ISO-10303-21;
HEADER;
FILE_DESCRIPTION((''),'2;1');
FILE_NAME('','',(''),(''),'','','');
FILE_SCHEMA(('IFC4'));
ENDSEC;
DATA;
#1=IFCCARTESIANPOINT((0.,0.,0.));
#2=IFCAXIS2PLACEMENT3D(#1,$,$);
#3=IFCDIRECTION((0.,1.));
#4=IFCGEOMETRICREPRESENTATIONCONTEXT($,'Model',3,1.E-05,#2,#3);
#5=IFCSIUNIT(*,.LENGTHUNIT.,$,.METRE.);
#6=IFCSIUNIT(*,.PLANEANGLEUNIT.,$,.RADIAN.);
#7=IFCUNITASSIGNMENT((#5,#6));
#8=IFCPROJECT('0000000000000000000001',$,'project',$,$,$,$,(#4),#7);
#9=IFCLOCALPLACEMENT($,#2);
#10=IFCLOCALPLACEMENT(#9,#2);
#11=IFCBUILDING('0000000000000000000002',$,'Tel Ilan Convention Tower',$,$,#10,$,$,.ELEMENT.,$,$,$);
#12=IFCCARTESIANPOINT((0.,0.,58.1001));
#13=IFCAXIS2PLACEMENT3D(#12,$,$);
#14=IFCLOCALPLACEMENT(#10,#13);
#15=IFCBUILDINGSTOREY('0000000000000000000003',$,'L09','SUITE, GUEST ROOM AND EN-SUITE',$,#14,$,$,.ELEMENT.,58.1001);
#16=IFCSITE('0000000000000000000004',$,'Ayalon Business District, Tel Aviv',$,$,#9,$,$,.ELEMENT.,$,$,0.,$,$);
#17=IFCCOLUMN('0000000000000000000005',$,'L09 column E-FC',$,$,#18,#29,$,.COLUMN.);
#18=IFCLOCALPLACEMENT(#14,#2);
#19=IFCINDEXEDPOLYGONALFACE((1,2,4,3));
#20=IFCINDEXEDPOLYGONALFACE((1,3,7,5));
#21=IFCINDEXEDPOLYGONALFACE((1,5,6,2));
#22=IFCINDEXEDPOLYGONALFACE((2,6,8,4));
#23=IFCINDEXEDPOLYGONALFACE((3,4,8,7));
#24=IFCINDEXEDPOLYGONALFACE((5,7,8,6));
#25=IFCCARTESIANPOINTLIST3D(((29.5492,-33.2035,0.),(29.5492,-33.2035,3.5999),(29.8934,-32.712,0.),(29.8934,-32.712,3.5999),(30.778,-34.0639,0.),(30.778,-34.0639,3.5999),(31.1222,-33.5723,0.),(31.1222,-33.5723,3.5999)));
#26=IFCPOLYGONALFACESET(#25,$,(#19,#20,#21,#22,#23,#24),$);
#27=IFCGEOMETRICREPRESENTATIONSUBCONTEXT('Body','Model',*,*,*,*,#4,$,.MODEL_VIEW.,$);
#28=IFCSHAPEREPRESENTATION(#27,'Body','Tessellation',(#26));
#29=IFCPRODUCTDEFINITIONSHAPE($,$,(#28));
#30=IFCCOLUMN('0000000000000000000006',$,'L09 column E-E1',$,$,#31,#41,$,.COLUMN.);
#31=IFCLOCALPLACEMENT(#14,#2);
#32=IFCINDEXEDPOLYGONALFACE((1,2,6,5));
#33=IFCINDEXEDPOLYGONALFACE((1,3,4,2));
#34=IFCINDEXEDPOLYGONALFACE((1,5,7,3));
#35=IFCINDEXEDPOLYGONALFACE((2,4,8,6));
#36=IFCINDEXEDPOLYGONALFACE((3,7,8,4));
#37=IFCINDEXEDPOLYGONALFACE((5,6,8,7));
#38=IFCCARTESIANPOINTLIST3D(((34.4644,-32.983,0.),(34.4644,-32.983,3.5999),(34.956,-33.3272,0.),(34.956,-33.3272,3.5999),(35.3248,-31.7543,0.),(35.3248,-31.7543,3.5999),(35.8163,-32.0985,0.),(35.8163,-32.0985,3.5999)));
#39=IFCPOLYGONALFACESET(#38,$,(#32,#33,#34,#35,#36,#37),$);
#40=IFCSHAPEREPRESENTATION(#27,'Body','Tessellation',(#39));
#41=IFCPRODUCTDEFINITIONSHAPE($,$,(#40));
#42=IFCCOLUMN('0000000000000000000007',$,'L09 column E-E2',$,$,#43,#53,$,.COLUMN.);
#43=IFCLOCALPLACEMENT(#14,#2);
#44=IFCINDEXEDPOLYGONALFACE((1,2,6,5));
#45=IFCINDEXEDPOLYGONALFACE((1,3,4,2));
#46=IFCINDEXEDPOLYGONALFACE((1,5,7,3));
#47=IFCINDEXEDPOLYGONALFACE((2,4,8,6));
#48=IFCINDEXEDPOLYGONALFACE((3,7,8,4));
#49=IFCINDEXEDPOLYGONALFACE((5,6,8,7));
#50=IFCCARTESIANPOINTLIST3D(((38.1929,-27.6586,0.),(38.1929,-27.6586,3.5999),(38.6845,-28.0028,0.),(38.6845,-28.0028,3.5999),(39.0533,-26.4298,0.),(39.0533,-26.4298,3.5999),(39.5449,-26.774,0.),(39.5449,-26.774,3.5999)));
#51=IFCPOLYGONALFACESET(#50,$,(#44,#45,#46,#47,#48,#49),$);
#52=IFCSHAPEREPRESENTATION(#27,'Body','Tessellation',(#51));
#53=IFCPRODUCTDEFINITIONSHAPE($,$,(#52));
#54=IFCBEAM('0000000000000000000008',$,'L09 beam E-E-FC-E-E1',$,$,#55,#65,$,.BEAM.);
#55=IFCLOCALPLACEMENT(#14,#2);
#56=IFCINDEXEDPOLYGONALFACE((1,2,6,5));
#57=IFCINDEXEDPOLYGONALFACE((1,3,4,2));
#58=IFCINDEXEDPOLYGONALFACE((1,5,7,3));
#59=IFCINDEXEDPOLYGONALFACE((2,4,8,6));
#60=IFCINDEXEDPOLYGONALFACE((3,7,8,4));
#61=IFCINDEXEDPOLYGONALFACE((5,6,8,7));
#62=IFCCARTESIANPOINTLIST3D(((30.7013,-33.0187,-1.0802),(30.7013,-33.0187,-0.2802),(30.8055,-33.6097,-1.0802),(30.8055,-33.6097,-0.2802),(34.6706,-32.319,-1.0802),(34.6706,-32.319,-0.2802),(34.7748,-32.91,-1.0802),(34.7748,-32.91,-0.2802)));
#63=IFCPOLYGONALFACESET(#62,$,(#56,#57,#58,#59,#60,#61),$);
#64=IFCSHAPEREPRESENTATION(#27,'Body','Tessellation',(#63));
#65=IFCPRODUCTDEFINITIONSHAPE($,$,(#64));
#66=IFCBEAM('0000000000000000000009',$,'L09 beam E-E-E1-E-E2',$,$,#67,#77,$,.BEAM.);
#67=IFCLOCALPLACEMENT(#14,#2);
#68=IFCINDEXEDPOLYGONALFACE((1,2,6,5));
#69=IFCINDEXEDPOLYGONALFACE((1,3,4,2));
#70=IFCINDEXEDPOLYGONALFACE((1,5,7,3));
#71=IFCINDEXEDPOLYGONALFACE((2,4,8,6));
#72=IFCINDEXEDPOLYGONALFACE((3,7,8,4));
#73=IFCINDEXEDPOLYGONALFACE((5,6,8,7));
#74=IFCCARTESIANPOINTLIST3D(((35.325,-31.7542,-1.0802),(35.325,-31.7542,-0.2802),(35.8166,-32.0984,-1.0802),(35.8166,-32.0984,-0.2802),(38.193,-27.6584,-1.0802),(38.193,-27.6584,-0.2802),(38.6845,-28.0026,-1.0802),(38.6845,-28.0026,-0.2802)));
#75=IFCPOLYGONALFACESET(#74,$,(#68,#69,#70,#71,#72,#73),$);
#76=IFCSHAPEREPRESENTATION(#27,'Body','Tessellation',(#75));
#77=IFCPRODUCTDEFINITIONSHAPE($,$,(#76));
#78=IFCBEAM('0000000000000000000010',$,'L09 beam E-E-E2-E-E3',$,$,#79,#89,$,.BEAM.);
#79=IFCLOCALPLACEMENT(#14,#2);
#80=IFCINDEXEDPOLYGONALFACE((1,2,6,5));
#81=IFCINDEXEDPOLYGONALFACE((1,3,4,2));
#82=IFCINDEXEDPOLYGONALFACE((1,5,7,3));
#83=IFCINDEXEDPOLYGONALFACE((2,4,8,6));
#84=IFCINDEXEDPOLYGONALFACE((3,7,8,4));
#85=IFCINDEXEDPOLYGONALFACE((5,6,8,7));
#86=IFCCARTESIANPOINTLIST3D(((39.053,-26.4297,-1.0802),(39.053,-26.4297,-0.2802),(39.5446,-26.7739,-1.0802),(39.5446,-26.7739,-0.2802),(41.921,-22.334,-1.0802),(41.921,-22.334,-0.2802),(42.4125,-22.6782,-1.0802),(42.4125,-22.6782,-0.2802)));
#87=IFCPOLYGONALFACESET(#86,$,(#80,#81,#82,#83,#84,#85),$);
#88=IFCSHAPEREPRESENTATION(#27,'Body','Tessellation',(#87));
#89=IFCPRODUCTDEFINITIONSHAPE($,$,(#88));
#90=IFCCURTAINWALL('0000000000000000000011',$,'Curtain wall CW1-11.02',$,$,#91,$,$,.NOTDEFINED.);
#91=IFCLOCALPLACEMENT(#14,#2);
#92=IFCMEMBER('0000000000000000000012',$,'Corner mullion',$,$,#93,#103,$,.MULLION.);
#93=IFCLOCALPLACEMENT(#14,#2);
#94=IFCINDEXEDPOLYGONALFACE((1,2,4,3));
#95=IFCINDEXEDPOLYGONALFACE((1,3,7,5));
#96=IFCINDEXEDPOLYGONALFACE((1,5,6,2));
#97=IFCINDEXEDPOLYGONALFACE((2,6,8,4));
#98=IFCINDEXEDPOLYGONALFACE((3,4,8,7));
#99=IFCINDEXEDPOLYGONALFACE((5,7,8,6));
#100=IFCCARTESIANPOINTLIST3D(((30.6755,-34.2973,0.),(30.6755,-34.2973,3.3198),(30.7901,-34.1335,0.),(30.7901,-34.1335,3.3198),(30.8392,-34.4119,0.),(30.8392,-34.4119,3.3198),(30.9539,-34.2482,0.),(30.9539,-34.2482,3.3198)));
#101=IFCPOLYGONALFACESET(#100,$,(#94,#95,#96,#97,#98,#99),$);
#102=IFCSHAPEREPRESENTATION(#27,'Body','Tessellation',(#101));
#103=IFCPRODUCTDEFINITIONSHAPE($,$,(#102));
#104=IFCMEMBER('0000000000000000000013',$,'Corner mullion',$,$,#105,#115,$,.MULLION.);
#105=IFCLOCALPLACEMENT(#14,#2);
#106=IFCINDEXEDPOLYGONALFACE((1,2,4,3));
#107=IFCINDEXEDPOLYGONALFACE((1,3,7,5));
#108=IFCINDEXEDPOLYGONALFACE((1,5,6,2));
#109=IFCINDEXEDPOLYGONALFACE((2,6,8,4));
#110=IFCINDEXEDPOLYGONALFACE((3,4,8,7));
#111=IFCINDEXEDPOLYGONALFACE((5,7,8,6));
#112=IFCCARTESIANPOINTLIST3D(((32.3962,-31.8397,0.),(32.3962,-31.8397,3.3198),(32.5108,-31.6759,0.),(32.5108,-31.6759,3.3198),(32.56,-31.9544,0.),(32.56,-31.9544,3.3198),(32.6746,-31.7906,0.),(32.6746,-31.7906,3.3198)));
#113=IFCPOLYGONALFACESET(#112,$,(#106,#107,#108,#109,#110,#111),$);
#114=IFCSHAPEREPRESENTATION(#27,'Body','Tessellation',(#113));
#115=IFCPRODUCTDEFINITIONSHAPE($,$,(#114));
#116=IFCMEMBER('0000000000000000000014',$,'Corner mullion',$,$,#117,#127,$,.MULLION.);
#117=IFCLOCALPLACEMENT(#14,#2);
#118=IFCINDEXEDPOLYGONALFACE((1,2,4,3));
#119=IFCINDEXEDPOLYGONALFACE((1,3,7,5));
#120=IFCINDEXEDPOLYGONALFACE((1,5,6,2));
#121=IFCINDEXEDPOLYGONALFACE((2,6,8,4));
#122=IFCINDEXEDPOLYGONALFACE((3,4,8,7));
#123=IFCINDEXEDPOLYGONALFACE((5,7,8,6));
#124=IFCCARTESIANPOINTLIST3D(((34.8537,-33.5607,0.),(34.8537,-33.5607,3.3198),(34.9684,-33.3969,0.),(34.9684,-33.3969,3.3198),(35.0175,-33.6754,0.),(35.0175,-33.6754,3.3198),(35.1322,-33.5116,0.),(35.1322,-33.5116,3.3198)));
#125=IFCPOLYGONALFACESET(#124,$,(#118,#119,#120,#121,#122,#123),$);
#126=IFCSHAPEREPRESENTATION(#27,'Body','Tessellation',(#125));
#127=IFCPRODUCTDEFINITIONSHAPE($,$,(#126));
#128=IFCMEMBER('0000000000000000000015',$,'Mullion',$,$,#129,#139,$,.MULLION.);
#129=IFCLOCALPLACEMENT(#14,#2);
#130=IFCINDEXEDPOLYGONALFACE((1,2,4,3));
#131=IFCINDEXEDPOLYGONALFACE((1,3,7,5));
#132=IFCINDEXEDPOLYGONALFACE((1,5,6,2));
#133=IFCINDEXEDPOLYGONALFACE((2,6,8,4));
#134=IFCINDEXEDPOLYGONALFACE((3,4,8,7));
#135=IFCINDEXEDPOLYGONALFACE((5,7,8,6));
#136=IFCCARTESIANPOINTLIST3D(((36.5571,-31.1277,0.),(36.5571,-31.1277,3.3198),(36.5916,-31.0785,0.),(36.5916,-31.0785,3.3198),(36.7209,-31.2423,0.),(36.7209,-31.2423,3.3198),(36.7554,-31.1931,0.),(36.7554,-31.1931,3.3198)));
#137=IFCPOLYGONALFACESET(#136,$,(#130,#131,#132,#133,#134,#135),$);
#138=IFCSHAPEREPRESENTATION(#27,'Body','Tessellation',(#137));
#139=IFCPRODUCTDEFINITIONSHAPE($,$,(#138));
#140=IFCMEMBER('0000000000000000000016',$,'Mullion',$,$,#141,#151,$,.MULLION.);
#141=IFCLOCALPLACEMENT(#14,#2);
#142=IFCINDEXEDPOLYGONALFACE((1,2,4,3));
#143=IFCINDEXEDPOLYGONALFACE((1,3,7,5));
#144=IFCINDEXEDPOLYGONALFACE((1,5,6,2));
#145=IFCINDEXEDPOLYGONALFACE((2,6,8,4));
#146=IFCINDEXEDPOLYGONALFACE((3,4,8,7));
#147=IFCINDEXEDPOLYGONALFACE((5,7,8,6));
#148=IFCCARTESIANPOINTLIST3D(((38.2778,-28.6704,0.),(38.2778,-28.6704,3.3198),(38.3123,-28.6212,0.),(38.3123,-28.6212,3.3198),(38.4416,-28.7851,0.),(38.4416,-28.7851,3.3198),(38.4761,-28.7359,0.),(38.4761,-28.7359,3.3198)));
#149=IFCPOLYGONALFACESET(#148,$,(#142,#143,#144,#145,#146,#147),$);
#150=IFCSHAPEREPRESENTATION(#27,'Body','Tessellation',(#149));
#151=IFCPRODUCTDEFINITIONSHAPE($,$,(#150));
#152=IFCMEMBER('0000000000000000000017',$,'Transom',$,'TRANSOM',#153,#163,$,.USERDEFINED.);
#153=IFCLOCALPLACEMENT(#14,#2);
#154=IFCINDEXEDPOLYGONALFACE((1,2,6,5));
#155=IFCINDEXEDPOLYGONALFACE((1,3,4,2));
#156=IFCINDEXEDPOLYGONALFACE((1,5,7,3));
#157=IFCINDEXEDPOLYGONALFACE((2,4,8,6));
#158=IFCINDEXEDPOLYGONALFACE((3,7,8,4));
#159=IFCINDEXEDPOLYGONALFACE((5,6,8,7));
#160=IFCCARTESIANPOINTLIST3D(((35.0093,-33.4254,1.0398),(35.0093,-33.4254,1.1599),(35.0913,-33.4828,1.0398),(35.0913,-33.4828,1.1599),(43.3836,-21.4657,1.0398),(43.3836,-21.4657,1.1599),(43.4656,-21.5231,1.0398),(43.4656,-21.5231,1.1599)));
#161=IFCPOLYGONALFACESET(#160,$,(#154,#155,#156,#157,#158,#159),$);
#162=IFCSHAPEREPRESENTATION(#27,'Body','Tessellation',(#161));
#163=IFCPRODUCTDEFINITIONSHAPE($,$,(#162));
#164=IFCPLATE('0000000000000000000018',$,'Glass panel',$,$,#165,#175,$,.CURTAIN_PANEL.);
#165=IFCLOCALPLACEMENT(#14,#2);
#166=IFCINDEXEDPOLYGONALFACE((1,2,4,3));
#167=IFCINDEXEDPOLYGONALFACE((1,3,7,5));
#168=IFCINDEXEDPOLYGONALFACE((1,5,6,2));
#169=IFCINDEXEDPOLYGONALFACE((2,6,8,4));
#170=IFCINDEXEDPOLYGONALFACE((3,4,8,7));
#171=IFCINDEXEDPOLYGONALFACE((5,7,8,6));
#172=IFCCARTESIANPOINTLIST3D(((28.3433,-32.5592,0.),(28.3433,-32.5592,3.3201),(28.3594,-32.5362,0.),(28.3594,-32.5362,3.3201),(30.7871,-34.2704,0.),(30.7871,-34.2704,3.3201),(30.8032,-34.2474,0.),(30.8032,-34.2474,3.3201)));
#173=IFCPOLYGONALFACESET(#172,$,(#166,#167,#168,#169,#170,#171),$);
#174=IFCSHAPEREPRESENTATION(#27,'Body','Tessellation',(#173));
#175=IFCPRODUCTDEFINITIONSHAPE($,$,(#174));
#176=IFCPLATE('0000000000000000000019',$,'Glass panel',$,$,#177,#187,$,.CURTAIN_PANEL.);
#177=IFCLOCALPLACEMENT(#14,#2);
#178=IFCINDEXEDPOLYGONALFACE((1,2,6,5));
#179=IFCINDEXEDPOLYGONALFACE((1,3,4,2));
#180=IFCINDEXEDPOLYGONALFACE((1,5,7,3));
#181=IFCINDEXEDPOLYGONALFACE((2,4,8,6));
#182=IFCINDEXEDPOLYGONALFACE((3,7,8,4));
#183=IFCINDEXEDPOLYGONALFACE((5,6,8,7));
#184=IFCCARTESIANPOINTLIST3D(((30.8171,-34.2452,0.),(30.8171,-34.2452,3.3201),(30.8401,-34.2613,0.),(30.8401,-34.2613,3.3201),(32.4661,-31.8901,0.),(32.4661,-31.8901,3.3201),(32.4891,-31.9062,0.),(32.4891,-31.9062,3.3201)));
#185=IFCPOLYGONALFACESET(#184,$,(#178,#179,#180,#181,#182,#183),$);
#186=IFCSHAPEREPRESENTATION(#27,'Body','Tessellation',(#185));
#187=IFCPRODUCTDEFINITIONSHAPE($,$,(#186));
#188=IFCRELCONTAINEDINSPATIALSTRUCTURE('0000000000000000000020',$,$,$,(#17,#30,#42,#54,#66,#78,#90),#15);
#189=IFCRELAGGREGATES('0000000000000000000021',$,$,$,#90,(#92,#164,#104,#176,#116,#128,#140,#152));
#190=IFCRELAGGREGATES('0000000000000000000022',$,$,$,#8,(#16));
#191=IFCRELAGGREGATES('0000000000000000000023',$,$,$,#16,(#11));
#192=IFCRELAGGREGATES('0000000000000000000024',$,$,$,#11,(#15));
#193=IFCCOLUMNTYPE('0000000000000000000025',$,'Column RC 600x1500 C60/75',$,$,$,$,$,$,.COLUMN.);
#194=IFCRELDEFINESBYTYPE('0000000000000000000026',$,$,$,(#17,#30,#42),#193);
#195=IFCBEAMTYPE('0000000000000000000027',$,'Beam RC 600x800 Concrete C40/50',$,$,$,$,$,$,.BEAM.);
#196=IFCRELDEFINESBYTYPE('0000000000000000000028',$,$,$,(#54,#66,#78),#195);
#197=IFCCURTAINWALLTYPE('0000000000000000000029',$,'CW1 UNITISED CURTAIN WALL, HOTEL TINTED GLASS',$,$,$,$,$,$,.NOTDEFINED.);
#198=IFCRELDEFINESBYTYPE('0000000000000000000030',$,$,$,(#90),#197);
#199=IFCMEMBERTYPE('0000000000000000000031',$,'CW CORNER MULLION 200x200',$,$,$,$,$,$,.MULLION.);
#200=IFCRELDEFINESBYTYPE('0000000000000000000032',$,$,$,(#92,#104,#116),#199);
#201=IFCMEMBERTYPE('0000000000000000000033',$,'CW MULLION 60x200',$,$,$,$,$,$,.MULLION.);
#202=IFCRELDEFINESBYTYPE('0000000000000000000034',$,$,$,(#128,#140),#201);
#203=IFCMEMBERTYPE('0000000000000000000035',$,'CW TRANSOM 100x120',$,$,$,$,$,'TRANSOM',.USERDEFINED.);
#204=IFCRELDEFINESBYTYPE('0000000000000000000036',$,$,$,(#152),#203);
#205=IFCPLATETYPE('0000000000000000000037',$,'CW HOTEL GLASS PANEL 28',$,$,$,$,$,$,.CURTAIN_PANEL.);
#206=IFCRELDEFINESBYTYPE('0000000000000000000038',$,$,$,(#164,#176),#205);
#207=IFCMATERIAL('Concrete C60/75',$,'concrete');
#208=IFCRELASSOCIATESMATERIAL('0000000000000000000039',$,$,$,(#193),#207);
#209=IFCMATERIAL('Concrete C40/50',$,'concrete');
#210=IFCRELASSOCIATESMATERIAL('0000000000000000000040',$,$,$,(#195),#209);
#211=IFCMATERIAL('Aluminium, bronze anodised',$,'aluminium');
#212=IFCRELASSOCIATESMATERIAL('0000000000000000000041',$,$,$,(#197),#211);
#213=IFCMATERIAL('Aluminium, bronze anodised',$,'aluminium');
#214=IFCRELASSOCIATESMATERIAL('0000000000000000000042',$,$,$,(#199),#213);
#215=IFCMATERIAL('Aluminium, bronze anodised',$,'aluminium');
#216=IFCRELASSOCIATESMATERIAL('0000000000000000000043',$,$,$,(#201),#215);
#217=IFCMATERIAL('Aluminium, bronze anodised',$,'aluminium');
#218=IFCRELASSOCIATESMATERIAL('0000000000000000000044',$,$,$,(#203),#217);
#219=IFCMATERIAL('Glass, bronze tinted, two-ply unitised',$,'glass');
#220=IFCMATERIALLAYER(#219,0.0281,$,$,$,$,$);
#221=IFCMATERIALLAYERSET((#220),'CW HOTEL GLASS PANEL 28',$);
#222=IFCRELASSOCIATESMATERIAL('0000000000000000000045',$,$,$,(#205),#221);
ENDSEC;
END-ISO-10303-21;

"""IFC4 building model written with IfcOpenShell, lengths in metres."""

from ifc_helpers import new_model, si_unit, direction, frame, origin, origin_2d, place, context, subcontext, project, spatial, rectangle, extrude, material, layer, layer_set, material_profile, profile_set, type_object, element, aggregate, save


model = new_model("IFC4")

# Units and contexts
model_context = context("Model", 3, precision=1e-05, world=origin(), true_north=direction((0.0, 1.0)))
body_context = subcontext(model_context, "Body", "Model", "MODEL_VIEW")
ifc_project = project(units=[si_unit("LENGTHUNIT", "METRE"), si_unit("PLANEANGLEUNIT", "RADIAN")], contexts=[model_context])

# Site, building, storey
site_placement = place(None, origin())
site = spatial("IfcSite", under=ifc_project, at=site_placement, Name="Ayalon Business District, Tel Aviv", CompositionType="ELEMENT", RefElevation=0.0)
building_placement = place(site_placement, origin())
building = spatial("IfcBuilding", under=site, at=building_placement, Name="Tel Ilan Convention Tower", CompositionType="ELEMENT")
storey_placement = place(building_placement, frame((0.0, 0.0, 58.1001)))
storey = spatial("IfcBuildingStorey", under=building, at=storey_placement, Name="L09", Description="SUITE, GUEST ROOM AND EN-SUITE", CompositionType="ELEMENT", Elevation=58.1001)

# Columns
ifc_material_1 = material(Name="Concrete C60/75", Category="concrete")
ifc_material_profile_1 = material_profile(ifc_material_1, rectangle(XDim=1.5, YDim=0.6001, at=origin_2d()), Name="RC 600x1500")
ifc_profile_set_1 = profile_set([ifc_material_profile_1], Name="Concrete C60/75")
column_type = type_object("IfcColumnType", Name="Column RC 600x1500 C60/75", PredefinedType="COLUMN", material=ifc_profile_set_1)
for number, where, z_axis, x_axis, name in (
    (1, (30.3357, -33.3879, 0.0), (0.0, 0.0, 1.0), (0.819152, -0.573576, 0.0), "L09 column E-FC"),
    (2, (35.1404, -32.5408, 0.0), (0.0, 0.0, 1.0), (0.573576, 0.819152, 0.0), "L09 column E-E1"),
    (3, (38.8689, -27.2163, 0.0), (0.0, 0.0, 1.0), (0.573576, 0.819152, 0.0), "L09 column E-E2"),
):
    element("IfcColumn", number, at=place(storey_placement, frame(where, z_axis=z_axis, x_axis=x_axis)), inside=storey, type_object=column_type, Name=name, PredefinedType="COLUMN", context=body_context, shape_type="SweptSolid", body=[
        extrude(rectangle(XDim=1.5, YDim=0.6001, at=origin_2d()), origin(), (0.0, 0.0, 1.0), 3.5999),
    ])

# Beams
ifc_material_2 = material(Name="Concrete C40/50", Category="concrete")
ifc_material_profile_2 = material_profile(ifc_material_2, rectangle(XDim=0.6001, YDim=0.8, at=origin_2d()), Name="RC 600x800")
ifc_profile_set_2 = profile_set([ifc_material_profile_2], Name="Concrete C40/50")
beam_type = type_object("IfcBeamType", Name="Beam RC 600x800 Concrete C40/50", PredefinedType="BEAM", material=ifc_profile_set_2)
beam_placement = place(storey_placement, frame((30.7534, -33.3142, -0.6802), z_axis=(0.984815, 0.173606, 0.0), x_axis=(-0.173606, 0.984815, 0.0)))
element("IfcBeam", 4, at=beam_placement, inside=storey, type_object=beam_type, Name="L09 beam E-E-FC-E-E1", PredefinedType="BEAM", context=body_context, shape_type="SweptSolid", body=[
    extrude(rectangle(XDim=0.6001, YDim=0.8, at=origin_2d()), origin(), (0.0, 0.0, 1.0), 4.0305),
])
for number, where, z_axis, x_axis, name in (
    (5, (35.5708, -31.9263, -0.6802), (0.573587, 0.819145, 0.0), (-0.819145, 0.573587, 0.0), "L09 beam E-E-E1-E-E2"),
    (6, (39.2988, -26.6018, -0.6802), (0.573587, 0.819145, 0.0), (-0.819145, 0.573587, 0.0), "L09 beam E-E-E2-E-E3"),
):
    element("IfcBeam", number, at=place(storey_placement, frame(where, z_axis=z_axis, x_axis=x_axis)), inside=storey, type_object=beam_type, Name=name, PredefinedType="BEAM", context=body_context, shape_type="SweptSolid", body=[
        extrude(rectangle(XDim=0.6001, YDim=0.8, at=origin_2d()), origin(), (0.0, 0.0, 1.0), 5.0),
    ])

# Curtain wall, members, plates
ifc_material_3 = material(Name="Aluminium, bronze anodised", Category="aluminium")
curtain_wall_type = type_object("IfcCurtainWallType", Name="CW1 UNITISED CURTAIN WALL, HOTEL TINTED GLASS", PredefinedType="NOTDEFINED", material=ifc_material_3)
curtain_wall_placement = place(storey_placement, origin())
curtain_wall = element("IfcCurtainWall", 7, at=curtain_wall_placement, inside=storey, type_object=curtain_wall_type, Name="Curtain wall CW1-11.02", PredefinedType="NOTDEFINED")
ifc_material_4 = material(Name="Aluminium, bronze anodised", Category="aluminium")
ifc_material_profile_3 = material_profile(ifc_material_4, rectangle(XDim=0.2, YDim=0.2, at=origin_2d()), Name="CW CORNER MULLION 200x200")
ifc_profile_set_3 = profile_set([ifc_material_profile_3], Name="Aluminium, bronze anodised")
member_type_1 = type_object("IfcMemberType", Name="CW CORNER MULLION 200x200", PredefinedType="MULLION", material=ifc_profile_set_3)
member_1_placement = place(storey_placement, frame((30.8147, -34.2727, 0.0), z_axis=(0.0, 0.0, 1.0), x_axis=(0.819152, -0.573576, 0.0)))
member_1 = element("IfcMember", 8, at=member_1_placement, type_object=member_type_1, Name="Corner mullion", PredefinedType="MULLION", context=body_context, shape_type="SweptSolid", body=[
    extrude(rectangle(XDim=0.2, YDim=0.2, at=origin_2d()), origin(), (0.0, 0.0, 1.0), 3.3198),
])
member_2_placement = place(storey_placement, frame((32.5354, -31.8152, 0.0), z_axis=(0.0, 0.0, 1.0), x_axis=(0.573576, 0.819152, 0.0)))
member_2 = element("IfcMember", 9, at=member_2_placement, type_object=member_type_1, Name="Corner mullion", PredefinedType="MULLION", context=body_context, shape_type="SweptSolid", body=[
    extrude(rectangle(XDim=0.2, YDim=0.2, at=origin_2d()), origin(), (0.0, 0.0, 1.0), 3.3198),
])
member_3_placement = place(storey_placement, frame((34.9929, -33.5361, 0.0), z_axis=(0.0, 0.0, 1.0), x_axis=(0.819152, -0.573576, 0.0)))
member_3 = element("IfcMember", 10, at=member_3_placement, type_object=member_type_1, Name="Corner mullion", PredefinedType="MULLION", context=body_context, shape_type="SweptSolid", body=[
    extrude(rectangle(XDim=0.2, YDim=0.2, at=origin_2d()), origin(), (0.0, 0.0, 1.0), 3.3198),
])
ifc_material_5 = material(Name="Aluminium, bronze anodised", Category="aluminium")
ifc_material_profile_4 = material_profile(ifc_material_5, rectangle(XDim=0.0601, YDim=0.2, at=origin_2d()), Name="CW MULLION 60x200")
ifc_profile_set_4 = profile_set([ifc_material_profile_4], Name="Aluminium, bronze anodised")
member_type_2 = type_object("IfcMemberType", Name="CW MULLION 60x200", PredefinedType="MULLION", material=ifc_profile_set_4)
member_4_placement = place(storey_placement, frame((36.6562, -31.1604, 0.0), z_axis=(0.0, 0.0, 1.0), x_axis=(0.573576, 0.819152, 0.0)))
member_4 = element("IfcMember", 11, at=member_4_placement, type_object=member_type_2, Name="Mullion", PredefinedType="MULLION", context=body_context, shape_type="SweptSolid", body=[
    extrude(rectangle(XDim=0.0601, YDim=0.2, at=origin_2d()), origin(), (0.0, 0.0, 1.0), 3.3198),
])
member_5_placement = place(storey_placement, frame((38.377, -28.7031, 0.0), z_axis=(0.0, 0.0, 1.0), x_axis=(0.573576, 0.819152, 0.0)))
member_5 = element("IfcMember", 12, at=member_5_placement, type_object=member_type_2, Name="Mullion", PredefinedType="MULLION", context=body_context, shape_type="SweptSolid", body=[
    extrude(rectangle(XDim=0.0601, YDim=0.2, at=origin_2d()), origin(), (0.0, 0.0, 1.0), 3.3198),
])
ifc_material_6 = material(Name="Aluminium, bronze anodised", Category="aluminium")
ifc_material_profile_5 = material_profile(ifc_material_6, rectangle(XDim=0.1001, YDim=0.1201, at=origin_2d()), Name="CW TRANSOM 100x120")
ifc_profile_set_5 = profile_set([ifc_material_profile_5], Name="Aluminium, bronze anodised")
member_type_3 = type_object("IfcMemberType", Name="CW TRANSOM 100x120", ElementType="TRANSOM", PredefinedType="USERDEFINED", material=ifc_profile_set_5)
member_6_placement = place(storey_placement, frame((35.0503, -33.4541, 1.0999), z_axis=(0.573576, 0.819153, 0.0), x_axis=(-0.819153, 0.573576, 0.0)))
member_6 = element("IfcMember", 13, at=member_6_placement, type_object=member_type_3, Name="Transom", ObjectType="TRANSOM", PredefinedType="USERDEFINED", context=body_context, shape_type="SweptSolid", body=[
    extrude(rectangle(XDim=0.1001, YDim=0.1201, at=origin_2d()), origin(), (0.0, 0.0, 1.0), 14.6001),
])
ifc_material_7 = material(Name="Glass, bronze tinted, two-ply unitised", Category="glass")
ifc_layer_1 = layer(ifc_material_7, 0.0281)
ifc_layer_set_1 = layer_set([ifc_layer_1], Name="CW HOTEL GLASS PANEL 28")
plate_type = type_object("IfcPlateType", Name="CW HOTEL GLASS PANEL 28", PredefinedType="CURTAIN_PANEL", material=ifc_layer_set_1)
plate_1_placement = place(storey_placement, frame((29.5732, -33.4033, 0.0), z_axis=(0.0, 0.0, 1.0), x_axis=(0.819152, -0.573576, 0.0)))
plate_1 = element("IfcPlate", 14, at=plate_1_placement, type_object=plate_type, Name="Glass panel", PredefinedType="CURTAIN_PANEL", context=body_context, shape_type="SweptSolid", body=[
    extrude(rectangle(XDim=2.9834, YDim=0.0281, at=origin_2d()), origin(), (0.0, 0.0, 1.0), 3.3201),
])
plate_2_placement = place(storey_placement, frame((31.6531, -33.0757, 0.0), z_axis=(0.0, 0.0, 1.0), x_axis=(0.573576, 0.819152, 0.0)))
plate_2 = element("IfcPlate", 15, at=plate_2_placement, type_object=plate_type, Name="Glass panel", PredefinedType="CURTAIN_PANEL", context=body_context, shape_type="SweptSolid", body=[
    extrude(rectangle(XDim=2.875, YDim=0.0281, at=origin_2d()), origin(), (0.0, 0.0, 1.0), 3.3201),
])
aggregate(curtain_wall, [member_1, plate_1, member_2, plate_2, member_3, member_4, member_5, member_6])

save(model, "model.ifc")
